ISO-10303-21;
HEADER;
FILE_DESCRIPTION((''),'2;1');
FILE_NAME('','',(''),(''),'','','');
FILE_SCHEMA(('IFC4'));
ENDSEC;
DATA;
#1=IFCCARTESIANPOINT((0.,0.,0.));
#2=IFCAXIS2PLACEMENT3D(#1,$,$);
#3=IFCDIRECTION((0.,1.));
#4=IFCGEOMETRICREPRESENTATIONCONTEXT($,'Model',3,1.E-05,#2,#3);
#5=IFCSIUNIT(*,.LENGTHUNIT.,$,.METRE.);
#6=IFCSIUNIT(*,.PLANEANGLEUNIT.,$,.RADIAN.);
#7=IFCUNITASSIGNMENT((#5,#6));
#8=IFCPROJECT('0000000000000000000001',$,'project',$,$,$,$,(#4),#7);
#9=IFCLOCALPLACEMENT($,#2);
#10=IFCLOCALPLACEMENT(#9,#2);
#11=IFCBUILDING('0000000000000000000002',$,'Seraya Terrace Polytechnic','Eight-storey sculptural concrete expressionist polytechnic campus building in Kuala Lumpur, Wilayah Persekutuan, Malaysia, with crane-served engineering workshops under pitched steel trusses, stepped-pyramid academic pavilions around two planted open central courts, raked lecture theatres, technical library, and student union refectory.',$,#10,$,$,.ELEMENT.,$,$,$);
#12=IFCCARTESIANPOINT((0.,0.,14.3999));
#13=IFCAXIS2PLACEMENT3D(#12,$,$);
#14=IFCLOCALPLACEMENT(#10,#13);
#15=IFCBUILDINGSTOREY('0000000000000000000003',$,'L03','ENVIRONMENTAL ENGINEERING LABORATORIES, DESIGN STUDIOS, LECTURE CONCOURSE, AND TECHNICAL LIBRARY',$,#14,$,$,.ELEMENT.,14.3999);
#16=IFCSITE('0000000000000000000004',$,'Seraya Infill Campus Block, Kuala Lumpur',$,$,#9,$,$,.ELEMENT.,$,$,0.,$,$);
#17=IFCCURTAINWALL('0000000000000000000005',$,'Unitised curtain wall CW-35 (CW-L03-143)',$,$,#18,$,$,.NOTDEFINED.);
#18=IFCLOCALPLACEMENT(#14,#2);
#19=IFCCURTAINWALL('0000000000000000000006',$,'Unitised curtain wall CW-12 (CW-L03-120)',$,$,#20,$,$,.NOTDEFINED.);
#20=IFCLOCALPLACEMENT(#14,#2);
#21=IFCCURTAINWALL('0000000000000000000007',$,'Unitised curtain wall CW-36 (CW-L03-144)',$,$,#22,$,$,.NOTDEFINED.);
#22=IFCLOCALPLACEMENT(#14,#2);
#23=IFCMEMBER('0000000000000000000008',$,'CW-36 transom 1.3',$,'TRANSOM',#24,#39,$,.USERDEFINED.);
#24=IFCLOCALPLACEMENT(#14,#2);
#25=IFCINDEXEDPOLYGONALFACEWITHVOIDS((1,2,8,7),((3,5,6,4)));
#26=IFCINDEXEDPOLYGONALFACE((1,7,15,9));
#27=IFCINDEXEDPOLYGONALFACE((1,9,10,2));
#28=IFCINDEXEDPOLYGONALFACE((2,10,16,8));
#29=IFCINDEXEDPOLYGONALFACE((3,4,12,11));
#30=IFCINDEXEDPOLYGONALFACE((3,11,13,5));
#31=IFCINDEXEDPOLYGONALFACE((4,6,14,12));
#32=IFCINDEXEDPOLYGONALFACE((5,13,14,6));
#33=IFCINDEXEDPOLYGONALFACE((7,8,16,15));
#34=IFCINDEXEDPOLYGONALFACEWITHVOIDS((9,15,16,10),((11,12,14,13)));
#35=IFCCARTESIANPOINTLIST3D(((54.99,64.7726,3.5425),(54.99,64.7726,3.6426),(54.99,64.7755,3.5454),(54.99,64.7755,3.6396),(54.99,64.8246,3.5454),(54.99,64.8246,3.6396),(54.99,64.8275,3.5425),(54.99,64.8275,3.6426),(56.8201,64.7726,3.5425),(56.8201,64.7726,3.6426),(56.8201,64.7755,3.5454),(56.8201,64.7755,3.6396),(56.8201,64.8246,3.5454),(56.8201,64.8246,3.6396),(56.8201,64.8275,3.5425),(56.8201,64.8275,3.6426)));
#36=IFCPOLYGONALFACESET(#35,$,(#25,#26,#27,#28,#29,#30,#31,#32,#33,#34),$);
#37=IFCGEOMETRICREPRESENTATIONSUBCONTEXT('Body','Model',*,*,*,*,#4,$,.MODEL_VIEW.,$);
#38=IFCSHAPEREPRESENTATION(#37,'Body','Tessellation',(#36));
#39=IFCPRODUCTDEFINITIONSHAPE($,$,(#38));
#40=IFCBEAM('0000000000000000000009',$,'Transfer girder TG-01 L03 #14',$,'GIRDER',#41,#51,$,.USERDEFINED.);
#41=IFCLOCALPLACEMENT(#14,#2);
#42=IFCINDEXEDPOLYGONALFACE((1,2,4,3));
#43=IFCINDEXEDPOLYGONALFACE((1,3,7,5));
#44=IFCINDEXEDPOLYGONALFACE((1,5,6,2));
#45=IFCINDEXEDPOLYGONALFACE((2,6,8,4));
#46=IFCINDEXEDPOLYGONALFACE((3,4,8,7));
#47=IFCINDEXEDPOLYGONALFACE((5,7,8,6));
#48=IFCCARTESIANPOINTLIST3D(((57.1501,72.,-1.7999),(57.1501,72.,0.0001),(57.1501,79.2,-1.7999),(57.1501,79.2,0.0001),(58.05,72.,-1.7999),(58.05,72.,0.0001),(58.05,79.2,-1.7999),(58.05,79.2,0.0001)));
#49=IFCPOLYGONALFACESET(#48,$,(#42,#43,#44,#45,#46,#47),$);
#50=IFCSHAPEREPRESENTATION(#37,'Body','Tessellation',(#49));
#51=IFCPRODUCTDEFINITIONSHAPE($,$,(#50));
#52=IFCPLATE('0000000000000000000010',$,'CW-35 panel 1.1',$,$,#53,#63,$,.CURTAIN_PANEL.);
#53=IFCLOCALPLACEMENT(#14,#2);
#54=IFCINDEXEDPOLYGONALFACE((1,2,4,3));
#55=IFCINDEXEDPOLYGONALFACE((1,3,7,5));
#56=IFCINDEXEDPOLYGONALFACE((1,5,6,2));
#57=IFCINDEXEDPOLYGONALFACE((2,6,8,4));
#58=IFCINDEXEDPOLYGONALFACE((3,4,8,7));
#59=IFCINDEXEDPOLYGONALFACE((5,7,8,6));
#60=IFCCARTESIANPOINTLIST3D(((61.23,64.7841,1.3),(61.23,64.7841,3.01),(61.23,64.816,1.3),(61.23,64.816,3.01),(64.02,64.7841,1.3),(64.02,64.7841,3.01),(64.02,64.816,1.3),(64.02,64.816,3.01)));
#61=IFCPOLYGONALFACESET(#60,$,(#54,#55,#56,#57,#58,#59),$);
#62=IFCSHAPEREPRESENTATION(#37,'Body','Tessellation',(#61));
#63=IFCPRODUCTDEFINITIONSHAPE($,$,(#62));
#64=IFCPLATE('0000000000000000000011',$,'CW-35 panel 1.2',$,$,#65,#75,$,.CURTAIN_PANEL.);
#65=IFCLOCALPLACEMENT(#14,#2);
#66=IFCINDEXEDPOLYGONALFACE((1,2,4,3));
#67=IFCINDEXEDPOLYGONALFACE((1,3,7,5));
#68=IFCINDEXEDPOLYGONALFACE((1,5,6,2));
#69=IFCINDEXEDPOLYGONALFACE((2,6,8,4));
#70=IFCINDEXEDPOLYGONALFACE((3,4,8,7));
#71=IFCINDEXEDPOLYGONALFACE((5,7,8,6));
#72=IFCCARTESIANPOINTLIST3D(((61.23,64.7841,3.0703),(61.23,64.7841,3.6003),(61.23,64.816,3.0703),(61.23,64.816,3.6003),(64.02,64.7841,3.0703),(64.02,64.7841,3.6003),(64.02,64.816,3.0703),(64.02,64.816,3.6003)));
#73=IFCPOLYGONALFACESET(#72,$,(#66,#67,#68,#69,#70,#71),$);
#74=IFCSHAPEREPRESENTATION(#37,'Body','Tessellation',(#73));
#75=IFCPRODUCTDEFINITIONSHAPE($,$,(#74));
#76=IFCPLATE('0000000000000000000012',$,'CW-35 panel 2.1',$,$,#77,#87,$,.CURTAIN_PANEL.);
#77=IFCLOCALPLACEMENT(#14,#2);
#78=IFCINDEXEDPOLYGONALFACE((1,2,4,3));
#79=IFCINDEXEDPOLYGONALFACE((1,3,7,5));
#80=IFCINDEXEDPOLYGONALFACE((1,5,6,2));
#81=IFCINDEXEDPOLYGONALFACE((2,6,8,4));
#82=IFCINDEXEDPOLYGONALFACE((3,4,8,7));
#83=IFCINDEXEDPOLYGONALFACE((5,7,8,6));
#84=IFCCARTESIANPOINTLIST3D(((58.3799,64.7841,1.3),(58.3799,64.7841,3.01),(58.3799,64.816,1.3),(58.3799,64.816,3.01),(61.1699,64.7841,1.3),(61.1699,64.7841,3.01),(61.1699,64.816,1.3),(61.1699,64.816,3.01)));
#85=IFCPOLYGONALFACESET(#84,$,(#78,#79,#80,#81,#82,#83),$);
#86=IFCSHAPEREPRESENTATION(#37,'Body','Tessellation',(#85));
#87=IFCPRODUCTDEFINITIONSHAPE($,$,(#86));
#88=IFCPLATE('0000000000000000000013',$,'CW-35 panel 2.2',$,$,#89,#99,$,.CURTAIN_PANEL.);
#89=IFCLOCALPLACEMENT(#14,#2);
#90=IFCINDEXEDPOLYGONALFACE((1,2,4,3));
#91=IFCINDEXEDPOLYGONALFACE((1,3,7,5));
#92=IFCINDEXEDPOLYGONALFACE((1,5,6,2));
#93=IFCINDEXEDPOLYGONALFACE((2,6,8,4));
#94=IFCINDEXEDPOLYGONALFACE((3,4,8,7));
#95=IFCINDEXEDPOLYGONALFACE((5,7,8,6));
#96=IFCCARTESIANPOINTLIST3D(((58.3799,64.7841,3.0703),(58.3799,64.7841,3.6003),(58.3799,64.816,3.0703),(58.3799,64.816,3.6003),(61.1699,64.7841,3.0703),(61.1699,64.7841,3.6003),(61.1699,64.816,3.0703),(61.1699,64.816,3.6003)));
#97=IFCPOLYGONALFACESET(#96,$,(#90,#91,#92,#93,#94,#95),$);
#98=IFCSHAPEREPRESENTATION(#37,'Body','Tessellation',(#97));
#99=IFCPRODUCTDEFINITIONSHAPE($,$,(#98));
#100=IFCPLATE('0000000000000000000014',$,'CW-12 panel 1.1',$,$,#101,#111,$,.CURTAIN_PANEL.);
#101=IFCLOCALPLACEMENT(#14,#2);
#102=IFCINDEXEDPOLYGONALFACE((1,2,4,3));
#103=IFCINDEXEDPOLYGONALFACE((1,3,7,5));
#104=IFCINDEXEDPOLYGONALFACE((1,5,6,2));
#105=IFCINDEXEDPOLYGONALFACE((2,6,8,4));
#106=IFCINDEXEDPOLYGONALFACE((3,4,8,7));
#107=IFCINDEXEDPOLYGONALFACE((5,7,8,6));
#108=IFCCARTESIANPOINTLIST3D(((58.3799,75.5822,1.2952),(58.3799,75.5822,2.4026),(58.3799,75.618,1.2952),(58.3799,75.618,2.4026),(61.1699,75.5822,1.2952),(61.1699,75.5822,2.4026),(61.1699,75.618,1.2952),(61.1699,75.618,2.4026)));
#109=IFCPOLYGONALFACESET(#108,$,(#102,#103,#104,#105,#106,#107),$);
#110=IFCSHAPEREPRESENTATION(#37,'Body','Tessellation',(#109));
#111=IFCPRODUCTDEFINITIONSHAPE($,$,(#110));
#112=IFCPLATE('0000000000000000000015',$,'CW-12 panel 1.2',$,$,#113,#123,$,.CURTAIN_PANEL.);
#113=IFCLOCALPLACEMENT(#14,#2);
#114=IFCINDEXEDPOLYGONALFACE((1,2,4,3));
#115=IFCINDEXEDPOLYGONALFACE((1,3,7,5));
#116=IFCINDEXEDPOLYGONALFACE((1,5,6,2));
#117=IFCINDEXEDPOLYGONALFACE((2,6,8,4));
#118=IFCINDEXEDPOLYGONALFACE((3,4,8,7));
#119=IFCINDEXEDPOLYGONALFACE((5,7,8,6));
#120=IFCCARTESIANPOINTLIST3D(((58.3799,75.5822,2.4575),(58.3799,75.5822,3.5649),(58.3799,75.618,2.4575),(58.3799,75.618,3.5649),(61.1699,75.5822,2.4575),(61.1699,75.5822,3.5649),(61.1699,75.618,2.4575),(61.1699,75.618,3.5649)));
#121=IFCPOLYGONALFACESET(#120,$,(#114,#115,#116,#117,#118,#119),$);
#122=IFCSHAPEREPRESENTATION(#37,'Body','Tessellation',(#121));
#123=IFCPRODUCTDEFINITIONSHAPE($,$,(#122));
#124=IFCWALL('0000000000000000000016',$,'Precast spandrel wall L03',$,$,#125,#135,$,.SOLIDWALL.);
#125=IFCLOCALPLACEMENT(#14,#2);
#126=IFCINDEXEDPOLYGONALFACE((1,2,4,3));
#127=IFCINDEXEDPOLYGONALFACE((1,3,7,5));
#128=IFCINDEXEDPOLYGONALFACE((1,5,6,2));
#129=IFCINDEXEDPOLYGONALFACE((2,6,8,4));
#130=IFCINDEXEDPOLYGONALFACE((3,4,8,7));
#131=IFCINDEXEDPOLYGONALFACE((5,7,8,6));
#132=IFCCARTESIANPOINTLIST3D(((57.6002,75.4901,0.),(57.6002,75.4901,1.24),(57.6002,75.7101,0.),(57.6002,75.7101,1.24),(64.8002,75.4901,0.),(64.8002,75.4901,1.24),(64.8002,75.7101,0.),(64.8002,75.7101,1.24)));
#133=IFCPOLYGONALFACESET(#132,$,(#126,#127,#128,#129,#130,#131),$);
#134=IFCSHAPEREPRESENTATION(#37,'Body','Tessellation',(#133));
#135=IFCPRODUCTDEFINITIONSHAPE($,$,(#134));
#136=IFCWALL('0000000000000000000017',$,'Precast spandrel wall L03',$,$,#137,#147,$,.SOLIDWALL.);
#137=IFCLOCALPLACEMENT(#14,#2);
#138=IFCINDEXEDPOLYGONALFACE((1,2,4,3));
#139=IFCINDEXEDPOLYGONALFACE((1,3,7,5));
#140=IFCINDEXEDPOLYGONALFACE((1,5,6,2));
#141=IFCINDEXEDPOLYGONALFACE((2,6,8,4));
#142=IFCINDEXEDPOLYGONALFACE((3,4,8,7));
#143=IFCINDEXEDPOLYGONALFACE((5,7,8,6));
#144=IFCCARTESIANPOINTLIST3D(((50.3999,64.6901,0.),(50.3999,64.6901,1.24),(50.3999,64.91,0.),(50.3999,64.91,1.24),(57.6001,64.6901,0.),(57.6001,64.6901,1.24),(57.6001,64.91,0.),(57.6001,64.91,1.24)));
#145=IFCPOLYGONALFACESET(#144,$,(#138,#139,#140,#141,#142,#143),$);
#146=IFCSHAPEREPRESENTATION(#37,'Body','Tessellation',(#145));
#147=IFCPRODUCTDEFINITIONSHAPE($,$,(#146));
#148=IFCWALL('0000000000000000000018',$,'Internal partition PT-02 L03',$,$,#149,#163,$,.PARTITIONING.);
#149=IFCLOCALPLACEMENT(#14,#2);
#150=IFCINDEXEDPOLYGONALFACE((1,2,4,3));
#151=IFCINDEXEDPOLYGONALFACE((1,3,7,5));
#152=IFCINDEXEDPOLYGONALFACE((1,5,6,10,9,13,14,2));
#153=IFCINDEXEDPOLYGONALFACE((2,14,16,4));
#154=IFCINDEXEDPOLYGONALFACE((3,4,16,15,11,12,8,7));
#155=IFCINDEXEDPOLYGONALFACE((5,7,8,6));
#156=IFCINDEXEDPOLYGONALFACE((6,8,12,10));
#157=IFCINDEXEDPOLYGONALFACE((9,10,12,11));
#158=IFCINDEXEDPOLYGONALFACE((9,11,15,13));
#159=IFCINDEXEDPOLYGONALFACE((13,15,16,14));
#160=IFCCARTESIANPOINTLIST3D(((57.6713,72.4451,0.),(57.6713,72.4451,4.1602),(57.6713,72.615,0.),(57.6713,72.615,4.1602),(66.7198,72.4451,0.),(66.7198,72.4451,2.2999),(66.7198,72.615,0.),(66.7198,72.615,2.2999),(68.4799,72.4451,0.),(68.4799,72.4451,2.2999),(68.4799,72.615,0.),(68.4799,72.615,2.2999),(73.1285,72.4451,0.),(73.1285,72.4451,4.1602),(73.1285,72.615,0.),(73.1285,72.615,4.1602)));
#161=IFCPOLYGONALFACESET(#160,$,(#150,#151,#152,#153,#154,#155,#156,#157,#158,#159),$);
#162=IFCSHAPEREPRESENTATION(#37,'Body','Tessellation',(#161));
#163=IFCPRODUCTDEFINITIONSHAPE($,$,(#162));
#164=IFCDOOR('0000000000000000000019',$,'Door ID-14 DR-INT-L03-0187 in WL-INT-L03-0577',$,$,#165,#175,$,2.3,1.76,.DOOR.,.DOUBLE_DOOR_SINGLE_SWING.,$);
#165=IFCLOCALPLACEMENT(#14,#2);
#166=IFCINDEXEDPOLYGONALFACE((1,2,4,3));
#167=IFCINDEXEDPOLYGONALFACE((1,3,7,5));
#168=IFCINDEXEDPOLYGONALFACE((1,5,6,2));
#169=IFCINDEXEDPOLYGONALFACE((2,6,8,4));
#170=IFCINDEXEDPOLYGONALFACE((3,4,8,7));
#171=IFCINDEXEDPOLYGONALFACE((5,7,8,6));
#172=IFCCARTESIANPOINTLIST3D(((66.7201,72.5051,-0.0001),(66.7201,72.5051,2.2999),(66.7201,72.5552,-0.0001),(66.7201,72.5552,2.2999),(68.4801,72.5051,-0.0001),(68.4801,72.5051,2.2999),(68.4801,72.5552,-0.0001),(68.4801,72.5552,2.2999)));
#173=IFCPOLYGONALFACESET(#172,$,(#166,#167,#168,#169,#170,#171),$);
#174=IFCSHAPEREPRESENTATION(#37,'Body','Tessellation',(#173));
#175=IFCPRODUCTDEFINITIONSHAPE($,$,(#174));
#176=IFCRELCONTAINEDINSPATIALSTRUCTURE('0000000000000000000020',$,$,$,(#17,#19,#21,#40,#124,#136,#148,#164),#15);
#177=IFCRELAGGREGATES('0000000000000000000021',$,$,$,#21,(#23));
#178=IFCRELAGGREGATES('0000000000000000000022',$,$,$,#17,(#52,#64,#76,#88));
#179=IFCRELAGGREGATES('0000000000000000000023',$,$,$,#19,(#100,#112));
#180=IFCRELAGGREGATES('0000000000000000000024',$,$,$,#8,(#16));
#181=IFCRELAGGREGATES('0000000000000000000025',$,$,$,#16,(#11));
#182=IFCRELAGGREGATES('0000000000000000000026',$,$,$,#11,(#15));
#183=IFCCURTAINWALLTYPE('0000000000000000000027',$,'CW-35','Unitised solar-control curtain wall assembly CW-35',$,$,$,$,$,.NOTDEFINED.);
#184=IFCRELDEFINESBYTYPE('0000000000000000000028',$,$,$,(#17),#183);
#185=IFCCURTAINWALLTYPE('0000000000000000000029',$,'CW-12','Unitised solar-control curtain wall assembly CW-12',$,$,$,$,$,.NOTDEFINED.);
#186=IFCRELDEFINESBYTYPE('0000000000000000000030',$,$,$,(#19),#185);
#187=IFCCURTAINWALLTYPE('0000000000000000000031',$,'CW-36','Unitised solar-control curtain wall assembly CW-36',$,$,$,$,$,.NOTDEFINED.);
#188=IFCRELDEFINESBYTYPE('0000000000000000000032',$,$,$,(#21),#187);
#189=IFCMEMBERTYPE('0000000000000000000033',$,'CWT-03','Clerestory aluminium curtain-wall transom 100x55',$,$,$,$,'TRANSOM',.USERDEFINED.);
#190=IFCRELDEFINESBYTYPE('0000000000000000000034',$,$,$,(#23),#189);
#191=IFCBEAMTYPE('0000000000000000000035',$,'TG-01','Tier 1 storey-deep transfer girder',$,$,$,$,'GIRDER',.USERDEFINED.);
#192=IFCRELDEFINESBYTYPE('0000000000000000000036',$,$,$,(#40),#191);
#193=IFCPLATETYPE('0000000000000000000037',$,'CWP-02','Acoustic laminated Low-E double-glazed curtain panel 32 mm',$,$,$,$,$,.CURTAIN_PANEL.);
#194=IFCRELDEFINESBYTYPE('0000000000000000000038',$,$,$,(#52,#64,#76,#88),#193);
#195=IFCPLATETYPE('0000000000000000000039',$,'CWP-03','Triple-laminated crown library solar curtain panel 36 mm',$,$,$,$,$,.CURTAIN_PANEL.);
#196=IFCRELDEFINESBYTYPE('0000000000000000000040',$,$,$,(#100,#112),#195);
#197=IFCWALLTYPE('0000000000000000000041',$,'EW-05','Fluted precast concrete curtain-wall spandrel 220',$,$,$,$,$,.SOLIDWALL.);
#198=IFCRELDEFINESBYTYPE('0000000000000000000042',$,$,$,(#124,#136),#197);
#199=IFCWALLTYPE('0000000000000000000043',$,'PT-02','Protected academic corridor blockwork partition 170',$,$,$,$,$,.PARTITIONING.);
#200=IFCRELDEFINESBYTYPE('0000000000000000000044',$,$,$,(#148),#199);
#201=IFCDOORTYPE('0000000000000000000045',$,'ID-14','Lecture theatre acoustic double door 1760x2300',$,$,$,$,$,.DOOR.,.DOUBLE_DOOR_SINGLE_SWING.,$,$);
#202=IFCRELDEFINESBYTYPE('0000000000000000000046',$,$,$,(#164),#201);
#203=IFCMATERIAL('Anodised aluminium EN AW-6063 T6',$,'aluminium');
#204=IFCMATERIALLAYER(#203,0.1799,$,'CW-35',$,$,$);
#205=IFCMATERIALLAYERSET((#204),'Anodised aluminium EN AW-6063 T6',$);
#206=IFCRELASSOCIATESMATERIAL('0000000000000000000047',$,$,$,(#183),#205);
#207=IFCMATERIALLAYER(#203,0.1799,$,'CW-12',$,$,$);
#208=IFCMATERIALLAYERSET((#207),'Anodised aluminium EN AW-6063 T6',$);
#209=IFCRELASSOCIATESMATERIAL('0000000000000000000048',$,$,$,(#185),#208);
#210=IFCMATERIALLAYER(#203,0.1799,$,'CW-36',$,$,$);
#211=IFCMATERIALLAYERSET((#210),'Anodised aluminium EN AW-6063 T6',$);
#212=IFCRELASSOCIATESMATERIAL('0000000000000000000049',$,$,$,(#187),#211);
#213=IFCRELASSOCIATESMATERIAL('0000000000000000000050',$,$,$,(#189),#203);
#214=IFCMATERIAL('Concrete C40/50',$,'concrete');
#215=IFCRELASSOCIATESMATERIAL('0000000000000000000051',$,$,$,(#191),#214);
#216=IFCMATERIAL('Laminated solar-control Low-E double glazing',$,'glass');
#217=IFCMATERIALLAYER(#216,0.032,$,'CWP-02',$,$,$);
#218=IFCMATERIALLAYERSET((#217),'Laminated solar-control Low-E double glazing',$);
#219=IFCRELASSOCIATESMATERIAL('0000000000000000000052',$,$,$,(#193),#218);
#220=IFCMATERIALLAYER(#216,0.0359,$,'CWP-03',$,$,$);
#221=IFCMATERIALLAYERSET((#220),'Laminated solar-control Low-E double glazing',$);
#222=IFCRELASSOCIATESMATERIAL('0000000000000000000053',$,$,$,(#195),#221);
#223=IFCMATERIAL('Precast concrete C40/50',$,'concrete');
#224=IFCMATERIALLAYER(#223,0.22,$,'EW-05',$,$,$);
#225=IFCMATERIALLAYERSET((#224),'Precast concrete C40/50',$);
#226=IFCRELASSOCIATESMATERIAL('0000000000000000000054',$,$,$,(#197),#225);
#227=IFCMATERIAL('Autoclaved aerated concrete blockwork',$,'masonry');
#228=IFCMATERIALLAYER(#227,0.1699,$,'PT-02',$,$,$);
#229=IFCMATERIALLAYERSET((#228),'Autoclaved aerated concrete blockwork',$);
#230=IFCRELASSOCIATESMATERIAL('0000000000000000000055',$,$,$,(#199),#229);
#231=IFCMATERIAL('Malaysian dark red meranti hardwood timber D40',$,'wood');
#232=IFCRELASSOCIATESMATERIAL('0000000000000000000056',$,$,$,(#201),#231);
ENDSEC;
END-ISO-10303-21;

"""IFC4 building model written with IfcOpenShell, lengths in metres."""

from ifc_helpers import new_model, si_unit, direction, frame, frame_2d, origin, origin_2d, place, context, subcontext, project, spatial, rectangle, hollow_rectangle, extrude, material, layer, layer_set, material_profile, profile_set, type_object, element, fill, aggregate, save


model = new_model("IFC4")

# Units and contexts
model_context = context("Model", 3, precision=1e-05, world=origin(), true_north=direction((0.0, 1.0)))
body_context = subcontext(model_context, "Body", "Model", "MODEL_VIEW")
ifc_project = project(units=[si_unit("LENGTHUNIT", "METRE"), si_unit("PLANEANGLEUNIT", "RADIAN")], contexts=[model_context])

# Site, building, storey
site_placement = place(None, origin())
site = spatial("IfcSite", under=ifc_project, at=site_placement, Name="Seraya Infill Campus Block, Kuala Lumpur", CompositionType="ELEMENT", RefElevation=0.0)
building_placement = place(site_placement, origin())
building = spatial("IfcBuilding", under=site, at=building_placement, Name="Seraya Terrace Polytechnic", Description="Eight-storey sculptural concrete expressionist polytechnic campus building in Kuala Lumpur, Wilayah Persekutuan, Malaysia, with crane-served engineering workshops under pitched steel trusses, stepped-pyramid academic pavilions around two planted open central courts, raked lecture theatres, technical library, and student union refectory.", CompositionType="ELEMENT")
storey_placement = place(building_placement, frame((0.0, 0.0, 14.3999)))
storey = spatial("IfcBuildingStorey", under=building, at=storey_placement, Name="L03", Description="ENVIRONMENTAL ENGINEERING LABORATORIES, DESIGN STUDIOS, LECTURE CONCOURSE, AND TECHNICAL LIBRARY", CompositionType="ELEMENT", Elevation=14.3999)

# Shared definitions
ifc_material_1 = material(Name="Concrete C40/50", Category="concrete")

# Shared definitions
ifc_material_2 = material(Name="Anodised aluminium EN AW-6063 T6", Category="aluminium")

# Curtain walls
ifc_layer_1 = layer(ifc_material_2, 0.1799, Name="CW-35")
ifc_layer_set_1 = layer_set([ifc_layer_1], Name="Anodised aluminium EN AW-6063 T6")
curtain_wall_type_1 = type_object("IfcCurtainWallType", Name="CW-35", Description="Unitised solar-control curtain wall assembly CW-35", PredefinedType="NOTDEFINED", material=ifc_layer_set_1)
curtain_wall_1_placement = place(storey_placement, origin())
curtain_wall_1 = element("IfcCurtainWall", 1, at=curtain_wall_1_placement, inside=storey, type_object=curtain_wall_type_1, Name="Unitised curtain wall CW-35 (CW-L03-143)", PredefinedType="NOTDEFINED")
ifc_layer_2 = layer(ifc_material_2, 0.1799, Name="CW-12")
ifc_layer_set_2 = layer_set([ifc_layer_2], Name="Anodised aluminium EN AW-6063 T6")
curtain_wall_type_2 = type_object("IfcCurtainWallType", Name="CW-12", Description="Unitised solar-control curtain wall assembly CW-12", PredefinedType="NOTDEFINED", material=ifc_layer_set_2)
curtain_wall_2_placement = place(storey_placement, origin())
curtain_wall_2 = element("IfcCurtainWall", 2, at=curtain_wall_2_placement, inside=storey, type_object=curtain_wall_type_2, Name="Unitised curtain wall CW-12 (CW-L03-120)", PredefinedType="NOTDEFINED")

# Curtain wall
ifc_layer_3 = layer(ifc_material_2, 0.1799, Name="CW-36")
ifc_layer_set_3 = layer_set([ifc_layer_3], Name="Anodised aluminium EN AW-6063 T6")
curtain_wall_type_3 = type_object("IfcCurtainWallType", Name="CW-36", Description="Unitised solar-control curtain wall assembly CW-36", PredefinedType="NOTDEFINED", material=ifc_layer_set_3)
curtain_wall_3_placement = place(storey_placement, origin())
curtain_wall_3 = element("IfcCurtainWall", 3, at=curtain_wall_3_placement, inside=storey, type_object=curtain_wall_type_3, Name="Unitised curtain wall CW-36 (CW-L03-144)", PredefinedType="NOTDEFINED")

# Member
ifc_material_profile_1 = material_profile(ifc_material_2, hollow_rectangle(XDim=0.0549, YDim=0.1001, WallThickness=0.0029, at=origin_2d()), Name="RHS 100x55x3.0")
ifc_profile_set_1 = profile_set([ifc_material_profile_1], Name="Anodised aluminium EN AW-6063 T6")
member_type_1 = type_object("IfcMemberType", Name="CWT-03", Description="Clerestory aluminium curtain-wall transom 100x55", ElementType="TRANSOM", PredefinedType="USERDEFINED", material=ifc_profile_set_1)
member_1_placement = place(storey_placement, frame((56.8201, 64.8, 3.5925), z_axis=(-1.0, 0.0, 0.0), x_axis=(0.0, -1.0, 0.0)))
member_1 = element("IfcMember", 4, at=member_1_placement, type_object=member_type_1, Name="CW-36 transom 1.3", ObjectType="TRANSOM", PredefinedType="USERDEFINED", context=body_context, shape_type="SweptSolid", body=[
    extrude(hollow_rectangle(XDim=0.0549, YDim=0.1001, WallThickness=0.0029, at=origin_2d()), origin(), (0.0, 0.0, 1.0), 1.8301),
])
aggregate(curtain_wall_3, [member_1])

# Beam
ifc_material_profile_2 = material_profile(ifc_material_1, rectangle(XDim=0.8999, YDim=1.8, at=origin_2d()), Name="RC 900x1800")
ifc_profile_set_2 = profile_set([ifc_material_profile_2], Name="Concrete C40/50")
beam_type_1 = type_object("IfcBeamType", Name="TG-01", Description="Tier 1 storey-deep transfer girder", ElementType="GIRDER", PredefinedType="USERDEFINED", material=ifc_profile_set_2)
beam_placement = place(storey_placement, frame((57.6001, 72.0, -0.8999), z_axis=(0.0, 1.0, 0.0), x_axis=(-1.0, 0.0, 0.0)))
element("IfcBeam", 5, at=beam_placement, inside=storey, type_object=beam_type_1, Name="Transfer girder TG-01 L03 #14", ObjectType="GIRDER", PredefinedType="USERDEFINED", context=body_context, shape_type="SweptSolid", body=[
    extrude(rectangle(XDim=0.8999, YDim=1.8, at=origin_2d()), origin(), (0.0, 0.0, 1.0), 7.2),
])

# Plates
ifc_material_3 = material(Name="Laminated solar-control Low-E double glazing", Category="glass")
ifc_layer_4 = layer(ifc_material_3, 0.032, Name="CWP-02")
ifc_layer_set_4 = layer_set([ifc_layer_4], Name="Laminated solar-control Low-E double glazing")
plate_type_1 = type_object("IfcPlateType", Name="CWP-02", Description="Acoustic laminated Low-E double-glazed curtain panel 32 mm", PredefinedType="CURTAIN_PANEL", material=ifc_layer_set_4)
plate_1_placement = place(storey_placement, frame((62.625, 64.8, 1.3), z_axis=(0.0, 0.0, 1.0), x_axis=(-1.0, 0.0, 0.0)))
plate_1 = element("IfcPlate", 6, at=plate_1_placement, type_object=plate_type_1, Name="CW-35 panel 1.1", PredefinedType="CURTAIN_PANEL", context=body_context, shape_type="SweptSolid", body=[
    extrude(rectangle(XDim=2.79, YDim=0.032, at=origin_2d()), origin(), (0.0, 0.0, 1.0), 1.71),
])
plate_2_placement = place(storey_placement, frame((62.625, 64.8, 3.0703), z_axis=(0.0, 0.0, 1.0), x_axis=(-1.0, 0.0, 0.0)))
plate_2 = element("IfcPlate", 7, at=plate_2_placement, type_object=plate_type_1, Name="CW-35 panel 1.2", PredefinedType="CURTAIN_PANEL", context=body_context, shape_type="SweptSolid", body=[
    extrude(rectangle(XDim=2.79, YDim=0.032, at=origin_2d()), origin(), (0.0, 0.0, 1.0), 0.53),
])
plate_3_placement = place(storey_placement, frame((59.7749, 64.8, 1.3), z_axis=(0.0, 0.0, 1.0), x_axis=(-1.0, 0.0, 0.0)))
plate_3 = element("IfcPlate", 8, at=plate_3_placement, type_object=plate_type_1, Name="CW-35 panel 2.1", PredefinedType="CURTAIN_PANEL", context=body_context, shape_type="SweptSolid", body=[
    extrude(rectangle(XDim=2.79, YDim=0.032, at=origin_2d()), origin(), (0.0, 0.0, 1.0), 1.71),
])
plate_4_placement = place(storey_placement, frame((59.7749, 64.8, 3.0703), z_axis=(0.0, 0.0, 1.0), x_axis=(-1.0, 0.0, 0.0)))
plate_4 = element("IfcPlate", 9, at=plate_4_placement, type_object=plate_type_1, Name="CW-35 panel 2.2", PredefinedType="CURTAIN_PANEL", context=body_context, shape_type="SweptSolid", body=[
    extrude(rectangle(XDim=2.79, YDim=0.032, at=origin_2d()), origin(), (0.0, 0.0, 1.0), 0.53),
])
aggregate(curtain_wall_1, [plate_1, plate_2, plate_3, plate_4])
ifc_layer_5 = layer(ifc_material_3, 0.0359, Name="CWP-03")
ifc_layer_set_5 = layer_set([ifc_layer_5], Name="Laminated solar-control Low-E double glazing")
plate_type_2 = type_object("IfcPlateType", Name="CWP-03", Description="Triple-laminated crown library solar curtain panel 36 mm", PredefinedType="CURTAIN_PANEL", material=ifc_layer_set_5)
plate_5_placement = place(storey_placement, frame((59.7749, 75.6001, 1.2952), z_axis=(0.0, 0.0, 1.0), x_axis=(1.0, 0.0, 0.0)))
plate_5 = element("IfcPlate", 10, at=plate_5_placement, type_object=plate_type_2, Name="CW-12 panel 1.1", PredefinedType="CURTAIN_PANEL", context=body_context, shape_type="SweptSolid", body=[
    extrude(rectangle(XDim=2.79, YDim=0.0359, at=origin_2d()), origin(), (0.0, 0.0, 1.0), 1.1074),
])
plate_6_placement = place(storey_placement, frame((59.7749, 75.6001, 2.4575), z_axis=(0.0, 0.0, 1.0), x_axis=(1.0, 0.0, 0.0)))
plate_6 = element("IfcPlate", 11, at=plate_6_placement, type_object=plate_type_2, Name="CW-12 panel 1.2", PredefinedType="CURTAIN_PANEL", context=body_context, shape_type="SweptSolid", body=[
    extrude(rectangle(XDim=2.79, YDim=0.0359, at=origin_2d()), origin(), (0.0, 0.0, 1.0), 1.1074),
])
aggregate(curtain_wall_2, [plate_5, plate_6])

# Walls
ifc_material_4 = material(Name="Precast concrete C40/50", Category="concrete")
ifc_layer_6 = layer(ifc_material_4, 0.22, Name="EW-05")
ifc_layer_set_6 = layer_set([ifc_layer_6], Name="Precast concrete C40/50")
wall_type_1 = type_object("IfcWallType", Name="EW-05", Description="Fluted precast concrete curtain-wall spandrel 220", PredefinedType="SOLIDWALL", material=ifc_layer_set_6)
wall_1_placement = place(storey_placement, frame((57.6001, 75.6001, 0.0), z_axis=(0.0, 0.0, 1.0), x_axis=(1.0, 0.0, 0.0)))
element("IfcWall", 12, at=wall_1_placement, inside=storey, type_object=wall_type_1, Name="Precast spandrel wall L03", PredefinedType="SOLIDWALL", context=body_context, shape_type="SweptSolid", body=[
    extrude(rectangle(XDim=7.2, YDim=0.22, at=frame_2d((3.6001, 0.0))), origin(), (0.0, 0.0, 1.0), 1.24),
])
wall_2_placement = place(storey_placement, frame((57.6001, 64.8, 0.0), z_axis=(0.0, 0.0, 1.0), x_axis=(-1.0, 0.0, 0.0)))
element("IfcWall", 13, at=wall_2_placement, inside=storey, type_object=wall_type_1, Name="Precast spandrel wall L03", PredefinedType="SOLIDWALL", context=body_context, shape_type="SweptSolid", body=[
    extrude(rectangle(XDim=7.2002, YDim=0.22, at=frame_2d((3.6001, 0.0))), origin(), (0.0, 0.0, 1.0), 1.24),
])

# Wall, opening, door
ifc_material_5 = material(Name="Autoclaved aerated concrete blockwork", Category="masonry")
ifc_layer_7 = layer(ifc_material_5, 0.1699, Name="PT-02")
ifc_layer_set_7 = layer_set([ifc_layer_7], Name="Autoclaved aerated concrete blockwork")
wall_type_2 = type_object("IfcWallType", Name="PT-02", Description="Protected academic corridor blockwork partition 170", PredefinedType="PARTITIONING", material=ifc_layer_set_7)
wall_3_placement = place(storey_placement, frame((57.6714, 72.53, 0.0), z_axis=(0.0, 0.0, 1.0), x_axis=(1.0, 0.0, 0.0)))
wall_3 = element("IfcWall", 14, at=wall_3_placement, inside=storey, type_object=wall_type_2, Name="Internal partition PT-02 L03", PredefinedType="PARTITIONING", context=body_context, shape_type="SweptSolid", body=[
    extrude(rectangle(XDim=15.4573, YDim=0.1699, at=frame_2d((7.7285, 0.0))), origin(), (0.0, 0.0, 1.0), 4.1602),
])
opening_placement = place(wall_3_placement, frame((9.0486, 0.0, 0.0)))
opening = element("IfcOpeningElement", 15, at=opening_placement, cuts=wall_3, PredefinedType="OPENING", context=body_context, shape_type="SweptSolid", body=[
    extrude(rectangle(XDim=1.76, YDim=2.3, at=frame_2d((0.8799, 1.1499))), frame((0.0, 0.0969, 0.0), z_axis=(0.0, -1.0, 0.0), x_axis=(1.0, 0.0, 0.0)), (0.0, 0.0, 1.0), 0.1938),
])
ifc_material_6 = material(Name="Malaysian dark red meranti hardwood timber D40", Category="wood")
door_type = type_object("IfcDoorType", Name="ID-14", Description="Lecture theatre acoustic double door 1760x2300", OperationType="DOUBLE_DOOR_SINGLE_SWING", PredefinedType="DOOR", material=ifc_material_6)
door_placement = place(opening_placement, frame((1.76, 0.0, 0.0), z_axis=(0.0, 0.0, 1.0), x_axis=(-1.0, 0.0, 0.0)))
door = element("IfcDoor", 16, at=door_placement, inside=storey, type_object=door_type, Name="Door ID-14 DR-INT-L03-0187 in WL-INT-L03-0577", OperationType="DOUBLE_DOOR_SINGLE_SWING", OverallHeight=2.3, OverallWidth=1.76, PredefinedType="DOOR", context=body_context, shape_type="SweptSolid", body=[
    extrude(rectangle(XDim=1.76, YDim=2.3, at=frame_2d((0.8799, 1.1499))), frame((0.0, 0.0249, 0.0), z_axis=(0.0, -1.0, 0.0), x_axis=(1.0, 0.0, 0.0)), (0.0, 0.0, 1.0), 0.05),
])
fill(opening, door)

save(model, "model.ifc")
